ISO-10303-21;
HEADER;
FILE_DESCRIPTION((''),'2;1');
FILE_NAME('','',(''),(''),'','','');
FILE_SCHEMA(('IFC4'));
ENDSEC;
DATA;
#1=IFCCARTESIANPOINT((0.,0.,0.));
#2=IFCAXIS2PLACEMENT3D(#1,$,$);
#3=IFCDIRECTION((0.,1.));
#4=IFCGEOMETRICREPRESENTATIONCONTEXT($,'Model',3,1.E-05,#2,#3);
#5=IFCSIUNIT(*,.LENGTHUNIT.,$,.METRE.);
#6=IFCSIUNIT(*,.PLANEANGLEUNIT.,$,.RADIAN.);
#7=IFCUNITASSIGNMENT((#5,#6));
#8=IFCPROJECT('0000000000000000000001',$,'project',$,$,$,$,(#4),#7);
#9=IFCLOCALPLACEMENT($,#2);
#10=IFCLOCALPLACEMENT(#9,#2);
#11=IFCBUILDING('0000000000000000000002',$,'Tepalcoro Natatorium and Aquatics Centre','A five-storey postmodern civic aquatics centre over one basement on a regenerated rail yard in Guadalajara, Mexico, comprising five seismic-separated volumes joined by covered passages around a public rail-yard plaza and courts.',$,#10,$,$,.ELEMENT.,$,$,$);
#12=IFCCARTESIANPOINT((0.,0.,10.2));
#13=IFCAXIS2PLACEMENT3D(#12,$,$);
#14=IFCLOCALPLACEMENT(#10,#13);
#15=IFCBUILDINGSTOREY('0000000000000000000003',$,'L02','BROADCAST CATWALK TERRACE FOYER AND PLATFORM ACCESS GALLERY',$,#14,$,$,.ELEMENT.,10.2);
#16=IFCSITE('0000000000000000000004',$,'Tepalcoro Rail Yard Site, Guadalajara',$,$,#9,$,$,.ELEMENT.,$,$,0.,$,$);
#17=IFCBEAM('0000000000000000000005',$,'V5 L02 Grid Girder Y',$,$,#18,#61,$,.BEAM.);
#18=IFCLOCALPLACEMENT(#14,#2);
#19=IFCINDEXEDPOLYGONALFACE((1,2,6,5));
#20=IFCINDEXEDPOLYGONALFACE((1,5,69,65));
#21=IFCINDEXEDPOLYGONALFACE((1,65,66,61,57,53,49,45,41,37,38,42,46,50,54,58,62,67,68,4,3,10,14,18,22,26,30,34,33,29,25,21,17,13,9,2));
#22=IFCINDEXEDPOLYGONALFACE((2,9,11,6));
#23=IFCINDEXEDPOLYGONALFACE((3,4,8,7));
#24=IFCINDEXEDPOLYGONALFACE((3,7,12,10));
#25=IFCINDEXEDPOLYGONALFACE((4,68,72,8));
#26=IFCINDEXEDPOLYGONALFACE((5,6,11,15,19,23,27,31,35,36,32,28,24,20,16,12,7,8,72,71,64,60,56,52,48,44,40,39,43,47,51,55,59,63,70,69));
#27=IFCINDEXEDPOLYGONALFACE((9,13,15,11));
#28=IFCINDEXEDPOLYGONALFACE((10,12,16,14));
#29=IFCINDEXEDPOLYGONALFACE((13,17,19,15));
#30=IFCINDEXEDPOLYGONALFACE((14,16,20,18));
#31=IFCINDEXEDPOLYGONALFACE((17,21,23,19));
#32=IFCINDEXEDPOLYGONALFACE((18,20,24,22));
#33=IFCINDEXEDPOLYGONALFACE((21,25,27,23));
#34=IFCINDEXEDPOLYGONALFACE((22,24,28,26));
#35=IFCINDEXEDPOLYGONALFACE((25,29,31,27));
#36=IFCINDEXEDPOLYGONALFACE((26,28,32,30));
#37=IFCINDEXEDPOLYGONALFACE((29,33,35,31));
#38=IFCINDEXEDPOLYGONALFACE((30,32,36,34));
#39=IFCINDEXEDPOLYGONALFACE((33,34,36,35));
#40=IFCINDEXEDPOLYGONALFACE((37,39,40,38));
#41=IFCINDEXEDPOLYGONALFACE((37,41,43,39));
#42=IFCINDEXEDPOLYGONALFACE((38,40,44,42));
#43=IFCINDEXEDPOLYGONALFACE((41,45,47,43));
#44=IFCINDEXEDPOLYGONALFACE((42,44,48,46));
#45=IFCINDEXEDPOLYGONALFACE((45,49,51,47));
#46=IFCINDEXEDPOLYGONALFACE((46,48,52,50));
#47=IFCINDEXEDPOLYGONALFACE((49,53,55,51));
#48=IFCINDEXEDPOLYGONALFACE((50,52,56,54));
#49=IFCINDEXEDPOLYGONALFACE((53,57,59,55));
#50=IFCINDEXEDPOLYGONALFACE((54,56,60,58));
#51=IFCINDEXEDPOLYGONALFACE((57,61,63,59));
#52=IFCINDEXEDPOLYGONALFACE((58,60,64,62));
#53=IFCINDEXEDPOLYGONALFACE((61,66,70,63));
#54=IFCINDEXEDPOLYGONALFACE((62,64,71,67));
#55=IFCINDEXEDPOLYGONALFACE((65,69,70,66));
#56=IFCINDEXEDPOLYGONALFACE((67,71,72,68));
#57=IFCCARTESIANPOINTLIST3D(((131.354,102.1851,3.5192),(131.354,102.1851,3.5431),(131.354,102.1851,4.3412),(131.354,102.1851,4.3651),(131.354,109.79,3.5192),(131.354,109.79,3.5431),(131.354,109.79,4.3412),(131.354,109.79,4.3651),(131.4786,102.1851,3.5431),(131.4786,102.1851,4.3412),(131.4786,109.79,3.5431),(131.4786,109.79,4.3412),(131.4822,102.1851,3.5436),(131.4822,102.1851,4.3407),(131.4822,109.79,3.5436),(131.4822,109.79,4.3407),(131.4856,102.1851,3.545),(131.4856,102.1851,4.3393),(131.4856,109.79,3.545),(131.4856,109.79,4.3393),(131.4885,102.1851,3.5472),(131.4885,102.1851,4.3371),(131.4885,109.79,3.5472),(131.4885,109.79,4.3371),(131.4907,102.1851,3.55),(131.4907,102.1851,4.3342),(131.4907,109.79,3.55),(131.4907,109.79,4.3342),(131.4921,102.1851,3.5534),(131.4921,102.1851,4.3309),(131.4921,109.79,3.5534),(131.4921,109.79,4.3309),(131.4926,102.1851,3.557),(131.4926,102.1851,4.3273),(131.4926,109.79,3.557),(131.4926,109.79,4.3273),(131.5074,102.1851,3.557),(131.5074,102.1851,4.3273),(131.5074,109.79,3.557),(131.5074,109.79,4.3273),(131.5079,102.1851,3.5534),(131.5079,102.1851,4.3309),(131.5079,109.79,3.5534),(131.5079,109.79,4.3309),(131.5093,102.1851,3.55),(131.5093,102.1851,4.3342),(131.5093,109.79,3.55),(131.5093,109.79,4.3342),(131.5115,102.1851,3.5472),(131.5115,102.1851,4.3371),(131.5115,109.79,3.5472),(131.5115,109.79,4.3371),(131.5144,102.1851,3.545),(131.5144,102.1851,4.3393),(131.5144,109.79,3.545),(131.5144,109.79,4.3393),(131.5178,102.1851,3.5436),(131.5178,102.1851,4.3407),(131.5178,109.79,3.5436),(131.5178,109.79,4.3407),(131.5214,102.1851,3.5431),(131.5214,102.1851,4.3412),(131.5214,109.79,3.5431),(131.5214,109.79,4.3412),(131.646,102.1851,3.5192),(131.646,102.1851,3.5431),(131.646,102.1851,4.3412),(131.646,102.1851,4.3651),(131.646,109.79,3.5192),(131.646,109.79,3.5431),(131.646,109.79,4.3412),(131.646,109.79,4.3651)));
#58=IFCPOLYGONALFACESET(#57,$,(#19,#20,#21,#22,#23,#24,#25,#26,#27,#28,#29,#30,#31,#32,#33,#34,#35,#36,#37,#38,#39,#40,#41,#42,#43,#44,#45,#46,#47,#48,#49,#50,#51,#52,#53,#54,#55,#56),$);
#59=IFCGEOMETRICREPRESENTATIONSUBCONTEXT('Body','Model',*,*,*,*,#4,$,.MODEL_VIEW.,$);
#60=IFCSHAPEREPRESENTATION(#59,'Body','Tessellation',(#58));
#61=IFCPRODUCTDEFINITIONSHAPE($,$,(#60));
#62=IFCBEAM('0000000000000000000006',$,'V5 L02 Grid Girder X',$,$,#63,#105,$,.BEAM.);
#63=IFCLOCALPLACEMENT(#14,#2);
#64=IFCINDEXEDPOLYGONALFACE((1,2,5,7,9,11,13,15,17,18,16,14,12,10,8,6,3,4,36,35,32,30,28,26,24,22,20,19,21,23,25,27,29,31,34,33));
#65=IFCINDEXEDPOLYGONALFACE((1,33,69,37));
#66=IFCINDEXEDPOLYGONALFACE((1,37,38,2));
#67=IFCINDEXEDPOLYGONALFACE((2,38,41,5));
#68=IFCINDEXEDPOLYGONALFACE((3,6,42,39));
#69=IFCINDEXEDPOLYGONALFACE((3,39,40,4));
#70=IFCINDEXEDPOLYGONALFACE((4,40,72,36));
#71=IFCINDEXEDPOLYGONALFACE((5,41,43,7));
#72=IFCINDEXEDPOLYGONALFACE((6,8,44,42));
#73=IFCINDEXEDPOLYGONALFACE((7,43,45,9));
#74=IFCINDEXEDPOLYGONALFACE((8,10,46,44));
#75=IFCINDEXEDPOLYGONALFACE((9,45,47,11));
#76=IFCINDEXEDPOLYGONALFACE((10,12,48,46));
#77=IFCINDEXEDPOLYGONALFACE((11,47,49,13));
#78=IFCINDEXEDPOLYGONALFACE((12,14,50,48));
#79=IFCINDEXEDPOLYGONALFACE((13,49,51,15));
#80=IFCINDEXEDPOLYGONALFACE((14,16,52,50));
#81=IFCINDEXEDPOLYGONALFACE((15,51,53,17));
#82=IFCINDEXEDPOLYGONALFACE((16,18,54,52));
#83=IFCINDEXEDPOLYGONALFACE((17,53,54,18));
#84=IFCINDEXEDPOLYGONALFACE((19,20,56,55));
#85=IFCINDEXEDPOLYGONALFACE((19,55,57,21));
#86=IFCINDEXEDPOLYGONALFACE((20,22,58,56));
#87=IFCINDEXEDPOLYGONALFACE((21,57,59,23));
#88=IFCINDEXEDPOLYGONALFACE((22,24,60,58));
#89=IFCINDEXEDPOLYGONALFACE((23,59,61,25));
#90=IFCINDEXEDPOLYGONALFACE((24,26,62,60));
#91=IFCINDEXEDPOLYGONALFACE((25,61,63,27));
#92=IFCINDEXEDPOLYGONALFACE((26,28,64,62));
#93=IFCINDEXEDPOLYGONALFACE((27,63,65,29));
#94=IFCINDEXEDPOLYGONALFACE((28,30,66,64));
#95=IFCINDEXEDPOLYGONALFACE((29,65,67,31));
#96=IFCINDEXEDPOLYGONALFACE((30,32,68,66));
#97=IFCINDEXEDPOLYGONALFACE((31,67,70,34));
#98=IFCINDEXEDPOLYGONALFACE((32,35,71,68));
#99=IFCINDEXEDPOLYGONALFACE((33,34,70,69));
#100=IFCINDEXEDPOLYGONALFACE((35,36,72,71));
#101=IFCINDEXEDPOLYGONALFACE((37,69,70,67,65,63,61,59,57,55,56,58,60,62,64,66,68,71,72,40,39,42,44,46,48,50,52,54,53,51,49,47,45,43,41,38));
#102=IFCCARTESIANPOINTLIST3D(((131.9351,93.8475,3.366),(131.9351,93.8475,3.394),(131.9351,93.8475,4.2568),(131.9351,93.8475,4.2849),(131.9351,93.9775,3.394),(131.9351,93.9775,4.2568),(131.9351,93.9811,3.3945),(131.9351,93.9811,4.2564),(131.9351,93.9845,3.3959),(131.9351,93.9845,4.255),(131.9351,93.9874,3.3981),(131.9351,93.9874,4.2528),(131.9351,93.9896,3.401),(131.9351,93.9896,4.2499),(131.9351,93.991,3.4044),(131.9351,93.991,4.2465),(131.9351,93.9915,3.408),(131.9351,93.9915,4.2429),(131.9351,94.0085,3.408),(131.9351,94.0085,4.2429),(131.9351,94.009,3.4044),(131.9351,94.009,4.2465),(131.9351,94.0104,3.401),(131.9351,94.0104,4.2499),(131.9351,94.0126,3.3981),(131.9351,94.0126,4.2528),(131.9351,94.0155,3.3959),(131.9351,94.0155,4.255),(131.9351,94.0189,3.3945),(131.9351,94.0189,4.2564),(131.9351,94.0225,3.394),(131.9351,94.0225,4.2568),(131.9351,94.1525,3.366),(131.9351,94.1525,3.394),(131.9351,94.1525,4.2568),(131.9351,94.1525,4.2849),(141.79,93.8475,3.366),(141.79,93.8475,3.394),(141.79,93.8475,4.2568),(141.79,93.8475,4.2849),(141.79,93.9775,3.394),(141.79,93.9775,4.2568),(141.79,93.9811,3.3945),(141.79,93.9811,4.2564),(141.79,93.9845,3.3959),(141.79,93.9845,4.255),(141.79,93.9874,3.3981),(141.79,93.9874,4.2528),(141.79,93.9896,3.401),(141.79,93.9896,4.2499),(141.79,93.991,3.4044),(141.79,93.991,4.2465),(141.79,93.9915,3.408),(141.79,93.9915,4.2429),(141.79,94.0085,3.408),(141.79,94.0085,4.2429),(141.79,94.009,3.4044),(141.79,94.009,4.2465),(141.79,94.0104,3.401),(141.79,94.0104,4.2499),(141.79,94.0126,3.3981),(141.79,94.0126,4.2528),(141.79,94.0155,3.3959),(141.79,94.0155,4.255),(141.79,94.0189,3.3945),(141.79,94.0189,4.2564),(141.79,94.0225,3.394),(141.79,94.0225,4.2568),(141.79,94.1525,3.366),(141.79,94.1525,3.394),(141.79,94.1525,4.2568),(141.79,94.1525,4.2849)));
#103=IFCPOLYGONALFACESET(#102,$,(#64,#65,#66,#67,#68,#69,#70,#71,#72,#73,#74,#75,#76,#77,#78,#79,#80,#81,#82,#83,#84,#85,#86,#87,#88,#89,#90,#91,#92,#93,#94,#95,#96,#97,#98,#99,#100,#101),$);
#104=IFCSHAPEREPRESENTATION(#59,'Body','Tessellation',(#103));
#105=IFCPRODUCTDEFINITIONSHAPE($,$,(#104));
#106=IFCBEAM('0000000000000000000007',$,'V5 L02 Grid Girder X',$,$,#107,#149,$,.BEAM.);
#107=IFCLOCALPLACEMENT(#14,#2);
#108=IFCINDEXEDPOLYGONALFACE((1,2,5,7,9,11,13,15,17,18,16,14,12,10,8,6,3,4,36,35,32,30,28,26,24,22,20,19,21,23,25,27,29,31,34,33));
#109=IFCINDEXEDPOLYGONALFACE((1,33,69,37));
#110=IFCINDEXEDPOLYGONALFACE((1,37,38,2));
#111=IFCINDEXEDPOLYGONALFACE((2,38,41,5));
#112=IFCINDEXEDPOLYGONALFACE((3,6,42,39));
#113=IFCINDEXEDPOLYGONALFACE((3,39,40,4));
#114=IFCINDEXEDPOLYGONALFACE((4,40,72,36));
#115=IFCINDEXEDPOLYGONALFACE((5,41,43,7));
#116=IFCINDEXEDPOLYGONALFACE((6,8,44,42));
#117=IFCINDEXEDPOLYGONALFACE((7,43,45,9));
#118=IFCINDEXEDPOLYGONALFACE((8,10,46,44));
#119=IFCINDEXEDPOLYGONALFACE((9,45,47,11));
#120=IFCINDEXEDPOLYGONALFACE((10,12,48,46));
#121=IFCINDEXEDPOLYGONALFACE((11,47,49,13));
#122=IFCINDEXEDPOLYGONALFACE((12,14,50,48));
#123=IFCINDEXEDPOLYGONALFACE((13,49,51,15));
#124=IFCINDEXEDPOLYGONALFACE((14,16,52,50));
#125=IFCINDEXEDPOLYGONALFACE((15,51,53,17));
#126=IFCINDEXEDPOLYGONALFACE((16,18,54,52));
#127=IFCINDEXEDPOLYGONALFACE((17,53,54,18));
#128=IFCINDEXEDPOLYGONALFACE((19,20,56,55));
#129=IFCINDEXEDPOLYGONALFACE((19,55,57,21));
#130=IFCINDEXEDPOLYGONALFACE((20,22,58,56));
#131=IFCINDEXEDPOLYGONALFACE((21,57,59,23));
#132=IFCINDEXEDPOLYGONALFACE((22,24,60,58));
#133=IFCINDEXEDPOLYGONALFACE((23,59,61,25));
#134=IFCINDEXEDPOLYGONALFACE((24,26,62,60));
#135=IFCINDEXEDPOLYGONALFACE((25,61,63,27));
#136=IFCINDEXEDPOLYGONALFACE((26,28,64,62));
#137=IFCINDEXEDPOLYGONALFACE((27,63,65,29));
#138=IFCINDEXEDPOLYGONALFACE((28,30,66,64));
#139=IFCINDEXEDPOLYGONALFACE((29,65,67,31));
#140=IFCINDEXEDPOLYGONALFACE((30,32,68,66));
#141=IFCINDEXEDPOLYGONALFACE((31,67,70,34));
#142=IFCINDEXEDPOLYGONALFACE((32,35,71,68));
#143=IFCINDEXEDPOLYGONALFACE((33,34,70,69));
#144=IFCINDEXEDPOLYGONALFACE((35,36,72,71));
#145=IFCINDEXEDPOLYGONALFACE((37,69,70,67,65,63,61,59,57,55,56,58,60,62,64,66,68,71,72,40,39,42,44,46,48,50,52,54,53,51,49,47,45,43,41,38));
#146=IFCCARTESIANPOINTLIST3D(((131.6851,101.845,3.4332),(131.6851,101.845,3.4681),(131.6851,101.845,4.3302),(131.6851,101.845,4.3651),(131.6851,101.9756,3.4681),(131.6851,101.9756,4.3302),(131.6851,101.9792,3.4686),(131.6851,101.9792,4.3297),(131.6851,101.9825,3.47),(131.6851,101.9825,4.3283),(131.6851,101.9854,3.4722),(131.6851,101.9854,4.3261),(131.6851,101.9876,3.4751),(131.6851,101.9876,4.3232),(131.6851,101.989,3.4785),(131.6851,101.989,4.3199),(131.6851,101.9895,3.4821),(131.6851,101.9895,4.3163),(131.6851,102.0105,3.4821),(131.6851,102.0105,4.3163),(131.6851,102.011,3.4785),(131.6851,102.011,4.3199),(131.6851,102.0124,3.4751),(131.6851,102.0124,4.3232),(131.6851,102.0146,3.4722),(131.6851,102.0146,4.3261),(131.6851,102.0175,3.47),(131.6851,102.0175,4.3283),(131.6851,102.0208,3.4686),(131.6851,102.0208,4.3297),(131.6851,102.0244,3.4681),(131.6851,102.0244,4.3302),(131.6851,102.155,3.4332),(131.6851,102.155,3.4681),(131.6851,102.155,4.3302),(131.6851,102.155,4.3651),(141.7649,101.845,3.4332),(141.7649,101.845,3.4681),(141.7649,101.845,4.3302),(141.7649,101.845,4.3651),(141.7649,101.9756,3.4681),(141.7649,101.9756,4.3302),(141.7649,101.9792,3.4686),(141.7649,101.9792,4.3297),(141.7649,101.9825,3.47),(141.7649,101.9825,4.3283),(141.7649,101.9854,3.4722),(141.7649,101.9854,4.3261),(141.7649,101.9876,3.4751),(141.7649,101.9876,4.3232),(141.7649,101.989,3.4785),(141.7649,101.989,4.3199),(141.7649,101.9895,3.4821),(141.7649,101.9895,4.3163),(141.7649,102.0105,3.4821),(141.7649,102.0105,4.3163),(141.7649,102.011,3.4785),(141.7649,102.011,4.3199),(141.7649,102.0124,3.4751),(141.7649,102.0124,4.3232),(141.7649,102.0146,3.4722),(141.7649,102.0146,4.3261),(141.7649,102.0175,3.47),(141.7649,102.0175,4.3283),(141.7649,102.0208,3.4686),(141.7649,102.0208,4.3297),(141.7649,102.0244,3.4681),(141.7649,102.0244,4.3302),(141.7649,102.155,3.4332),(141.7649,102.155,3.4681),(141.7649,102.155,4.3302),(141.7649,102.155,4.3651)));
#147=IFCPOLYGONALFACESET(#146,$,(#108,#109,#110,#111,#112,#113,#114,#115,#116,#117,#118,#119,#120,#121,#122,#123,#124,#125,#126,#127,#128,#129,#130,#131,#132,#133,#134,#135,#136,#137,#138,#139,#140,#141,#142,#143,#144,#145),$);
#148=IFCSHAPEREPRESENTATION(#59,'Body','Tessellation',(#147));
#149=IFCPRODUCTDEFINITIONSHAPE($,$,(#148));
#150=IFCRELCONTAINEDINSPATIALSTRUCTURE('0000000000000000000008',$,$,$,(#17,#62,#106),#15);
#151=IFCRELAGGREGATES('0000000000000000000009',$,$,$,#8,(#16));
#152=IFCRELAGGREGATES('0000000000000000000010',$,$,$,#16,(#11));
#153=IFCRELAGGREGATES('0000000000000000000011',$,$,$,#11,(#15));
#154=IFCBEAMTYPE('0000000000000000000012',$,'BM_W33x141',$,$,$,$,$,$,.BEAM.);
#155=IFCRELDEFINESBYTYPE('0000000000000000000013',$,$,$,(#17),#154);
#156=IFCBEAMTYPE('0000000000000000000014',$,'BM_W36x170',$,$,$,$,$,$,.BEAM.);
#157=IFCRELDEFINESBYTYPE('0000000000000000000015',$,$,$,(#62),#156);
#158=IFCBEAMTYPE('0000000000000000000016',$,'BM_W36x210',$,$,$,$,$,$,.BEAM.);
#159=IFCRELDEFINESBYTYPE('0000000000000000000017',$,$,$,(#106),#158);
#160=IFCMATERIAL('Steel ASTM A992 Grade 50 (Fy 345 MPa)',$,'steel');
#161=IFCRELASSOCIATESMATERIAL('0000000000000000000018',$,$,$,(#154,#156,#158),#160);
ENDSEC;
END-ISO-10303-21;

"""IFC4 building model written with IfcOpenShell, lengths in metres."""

from ifc_helpers import new_model, si_unit, direction, frame, origin, origin_2d, place, context, subcontext, project, spatial, i_section, extrude, material, material_profile, profile_set, type_object, element, save


model = new_model("IFC4")

# Units and contexts
model_context = context("Model", 3, precision=1e-05, world=origin(), true_north=direction((0.0, 1.0)))
body_context = subcontext(model_context, "Body", "Model", "MODEL_VIEW")
ifc_project = project(units=[si_unit("LENGTHUNIT", "METRE"), si_unit("PLANEANGLEUNIT", "RADIAN")], contexts=[model_context])

# Site, building, storey
site_placement = place(None, origin())
site = spatial("IfcSite", under=ifc_project, at=site_placement, Name="Tepalcoro Rail Yard Site, Guadalajara", CompositionType="ELEMENT", RefElevation=0.0)
building_placement = place(site_placement, origin())
building = spatial("IfcBuilding", under=site, at=building_placement, Name="Tepalcoro Natatorium and Aquatics Centre", Description="A five-storey postmodern civic aquatics centre over one basement on a regenerated rail yard in Guadalajara, Mexico, comprising five seismic-separated volumes joined by covered passages around a public rail-yard plaza and courts.", CompositionType="ELEMENT")
storey_placement = place(building_placement, frame((0.0, 0.0, 10.2)))
storey = spatial("IfcBuildingStorey", under=building, at=storey_placement, Name="L02", Description="BROADCAST CATWALK TERRACE FOYER AND PLATFORM ACCESS GALLERY", CompositionType="ELEMENT", Elevation=10.2)

# Beams
ifc_material_1 = material(Name="Steel ASTM A992 Grade 50 (Fy 345 MPa)", Category="steel")
ifc_material_profile_1 = material_profile(ifc_material_1, i_section(OverallWidth=0.292, OverallDepth=0.8459, WebThickness=0.0149, FlangeThickness=0.0239, FilletRadius=0.0139, at=origin_2d()), Name="W33X141")
ifc_profile_set_1 = profile_set([ifc_material_profile_1], Name="Steel ASTM A992 Grade 50 (Fy 345 MPa)")
beam_type_1 = type_object("IfcBeamType", Name="BM_W33x141", PredefinedType="BEAM", material=ifc_profile_set_1)
beam_1_placement = place(storey_placement, frame((131.5, 102.1851, 3.9421), z_axis=(0.0, 1.0, 0.0), x_axis=(-1.0, 0.0, 0.0)))
element("IfcBeam", 1, at=beam_1_placement, inside=storey, type_object=beam_type_1, Name="V5 L02 Grid Girder Y", PredefinedType="BEAM", context=body_context, shape_type="SweptSolid", body=[
    extrude(i_section(OverallWidth=0.292, OverallDepth=0.8459, WebThickness=0.0149, FlangeThickness=0.0239, FilletRadius=0.0139, at=origin_2d()), origin(), (0.0, 0.0, 1.0), 7.605),
])
ifc_material_profile_2 = material_profile(ifc_material_1, i_section(OverallWidth=0.3049, OverallDepth=0.9189, WebThickness=0.0171, FlangeThickness=0.0281, FilletRadius=0.0139, at=origin_2d()), Name="W36X170")
ifc_profile_set_2 = profile_set([ifc_material_profile_2], Name="Steel ASTM A992 Grade 50 (Fy 345 MPa)")
beam_type_2 = type_object("IfcBeamType", Name="BM_W36x170", PredefinedType="BEAM", material=ifc_profile_set_2)
beam_2_placement = place(storey_placement, frame((131.9351, 94.0, 3.8254), z_axis=(1.0, 0.0, 0.0), x_axis=(0.0, 1.0, 0.0)))
element("IfcBeam", 2, at=beam_2_placement, inside=storey, type_object=beam_type_2, Name="V5 L02 Grid Girder X", PredefinedType="BEAM", context=body_context, shape_type="SweptSolid", body=[
    extrude(i_section(OverallWidth=0.3049, OverallDepth=0.9189, WebThickness=0.0171, FlangeThickness=0.0281, FilletRadius=0.0139, at=origin_2d()), origin(), (0.0, 0.0, 1.0), 9.855),
])
ifc_material_profile_3 = material_profile(ifc_material_1, i_section(OverallWidth=0.3101, OverallDepth=0.9319, WebThickness=0.021, FlangeThickness=0.0349, FilletRadius=0.0139, at=origin_2d()), Name="W36X210")
ifc_profile_set_3 = profile_set([ifc_material_profile_3], Name="Steel ASTM A992 Grade 50 (Fy 345 MPa)")
beam_type_3 = type_object("IfcBeamType", Name="BM_W36x210", PredefinedType="BEAM", material=ifc_profile_set_3)
beam_3_placement = place(storey_placement, frame((131.6851, 102.0, 3.8992), z_axis=(1.0, 0.0, 0.0), x_axis=(0.0, 1.0, 0.0)))
element("IfcBeam", 3, at=beam_3_placement, inside=storey, type_object=beam_type_3, Name="V5 L02 Grid Girder X", PredefinedType="BEAM", context=body_context, shape_type="SweptSolid", body=[
    extrude(i_section(OverallWidth=0.3101, OverallDepth=0.9319, WebThickness=0.021, FlangeThickness=0.0349, FilletRadius=0.0139, at=origin_2d()), origin(), (0.0, 0.0, 1.0), 10.0798),
])

save(model, "model.ifc")
